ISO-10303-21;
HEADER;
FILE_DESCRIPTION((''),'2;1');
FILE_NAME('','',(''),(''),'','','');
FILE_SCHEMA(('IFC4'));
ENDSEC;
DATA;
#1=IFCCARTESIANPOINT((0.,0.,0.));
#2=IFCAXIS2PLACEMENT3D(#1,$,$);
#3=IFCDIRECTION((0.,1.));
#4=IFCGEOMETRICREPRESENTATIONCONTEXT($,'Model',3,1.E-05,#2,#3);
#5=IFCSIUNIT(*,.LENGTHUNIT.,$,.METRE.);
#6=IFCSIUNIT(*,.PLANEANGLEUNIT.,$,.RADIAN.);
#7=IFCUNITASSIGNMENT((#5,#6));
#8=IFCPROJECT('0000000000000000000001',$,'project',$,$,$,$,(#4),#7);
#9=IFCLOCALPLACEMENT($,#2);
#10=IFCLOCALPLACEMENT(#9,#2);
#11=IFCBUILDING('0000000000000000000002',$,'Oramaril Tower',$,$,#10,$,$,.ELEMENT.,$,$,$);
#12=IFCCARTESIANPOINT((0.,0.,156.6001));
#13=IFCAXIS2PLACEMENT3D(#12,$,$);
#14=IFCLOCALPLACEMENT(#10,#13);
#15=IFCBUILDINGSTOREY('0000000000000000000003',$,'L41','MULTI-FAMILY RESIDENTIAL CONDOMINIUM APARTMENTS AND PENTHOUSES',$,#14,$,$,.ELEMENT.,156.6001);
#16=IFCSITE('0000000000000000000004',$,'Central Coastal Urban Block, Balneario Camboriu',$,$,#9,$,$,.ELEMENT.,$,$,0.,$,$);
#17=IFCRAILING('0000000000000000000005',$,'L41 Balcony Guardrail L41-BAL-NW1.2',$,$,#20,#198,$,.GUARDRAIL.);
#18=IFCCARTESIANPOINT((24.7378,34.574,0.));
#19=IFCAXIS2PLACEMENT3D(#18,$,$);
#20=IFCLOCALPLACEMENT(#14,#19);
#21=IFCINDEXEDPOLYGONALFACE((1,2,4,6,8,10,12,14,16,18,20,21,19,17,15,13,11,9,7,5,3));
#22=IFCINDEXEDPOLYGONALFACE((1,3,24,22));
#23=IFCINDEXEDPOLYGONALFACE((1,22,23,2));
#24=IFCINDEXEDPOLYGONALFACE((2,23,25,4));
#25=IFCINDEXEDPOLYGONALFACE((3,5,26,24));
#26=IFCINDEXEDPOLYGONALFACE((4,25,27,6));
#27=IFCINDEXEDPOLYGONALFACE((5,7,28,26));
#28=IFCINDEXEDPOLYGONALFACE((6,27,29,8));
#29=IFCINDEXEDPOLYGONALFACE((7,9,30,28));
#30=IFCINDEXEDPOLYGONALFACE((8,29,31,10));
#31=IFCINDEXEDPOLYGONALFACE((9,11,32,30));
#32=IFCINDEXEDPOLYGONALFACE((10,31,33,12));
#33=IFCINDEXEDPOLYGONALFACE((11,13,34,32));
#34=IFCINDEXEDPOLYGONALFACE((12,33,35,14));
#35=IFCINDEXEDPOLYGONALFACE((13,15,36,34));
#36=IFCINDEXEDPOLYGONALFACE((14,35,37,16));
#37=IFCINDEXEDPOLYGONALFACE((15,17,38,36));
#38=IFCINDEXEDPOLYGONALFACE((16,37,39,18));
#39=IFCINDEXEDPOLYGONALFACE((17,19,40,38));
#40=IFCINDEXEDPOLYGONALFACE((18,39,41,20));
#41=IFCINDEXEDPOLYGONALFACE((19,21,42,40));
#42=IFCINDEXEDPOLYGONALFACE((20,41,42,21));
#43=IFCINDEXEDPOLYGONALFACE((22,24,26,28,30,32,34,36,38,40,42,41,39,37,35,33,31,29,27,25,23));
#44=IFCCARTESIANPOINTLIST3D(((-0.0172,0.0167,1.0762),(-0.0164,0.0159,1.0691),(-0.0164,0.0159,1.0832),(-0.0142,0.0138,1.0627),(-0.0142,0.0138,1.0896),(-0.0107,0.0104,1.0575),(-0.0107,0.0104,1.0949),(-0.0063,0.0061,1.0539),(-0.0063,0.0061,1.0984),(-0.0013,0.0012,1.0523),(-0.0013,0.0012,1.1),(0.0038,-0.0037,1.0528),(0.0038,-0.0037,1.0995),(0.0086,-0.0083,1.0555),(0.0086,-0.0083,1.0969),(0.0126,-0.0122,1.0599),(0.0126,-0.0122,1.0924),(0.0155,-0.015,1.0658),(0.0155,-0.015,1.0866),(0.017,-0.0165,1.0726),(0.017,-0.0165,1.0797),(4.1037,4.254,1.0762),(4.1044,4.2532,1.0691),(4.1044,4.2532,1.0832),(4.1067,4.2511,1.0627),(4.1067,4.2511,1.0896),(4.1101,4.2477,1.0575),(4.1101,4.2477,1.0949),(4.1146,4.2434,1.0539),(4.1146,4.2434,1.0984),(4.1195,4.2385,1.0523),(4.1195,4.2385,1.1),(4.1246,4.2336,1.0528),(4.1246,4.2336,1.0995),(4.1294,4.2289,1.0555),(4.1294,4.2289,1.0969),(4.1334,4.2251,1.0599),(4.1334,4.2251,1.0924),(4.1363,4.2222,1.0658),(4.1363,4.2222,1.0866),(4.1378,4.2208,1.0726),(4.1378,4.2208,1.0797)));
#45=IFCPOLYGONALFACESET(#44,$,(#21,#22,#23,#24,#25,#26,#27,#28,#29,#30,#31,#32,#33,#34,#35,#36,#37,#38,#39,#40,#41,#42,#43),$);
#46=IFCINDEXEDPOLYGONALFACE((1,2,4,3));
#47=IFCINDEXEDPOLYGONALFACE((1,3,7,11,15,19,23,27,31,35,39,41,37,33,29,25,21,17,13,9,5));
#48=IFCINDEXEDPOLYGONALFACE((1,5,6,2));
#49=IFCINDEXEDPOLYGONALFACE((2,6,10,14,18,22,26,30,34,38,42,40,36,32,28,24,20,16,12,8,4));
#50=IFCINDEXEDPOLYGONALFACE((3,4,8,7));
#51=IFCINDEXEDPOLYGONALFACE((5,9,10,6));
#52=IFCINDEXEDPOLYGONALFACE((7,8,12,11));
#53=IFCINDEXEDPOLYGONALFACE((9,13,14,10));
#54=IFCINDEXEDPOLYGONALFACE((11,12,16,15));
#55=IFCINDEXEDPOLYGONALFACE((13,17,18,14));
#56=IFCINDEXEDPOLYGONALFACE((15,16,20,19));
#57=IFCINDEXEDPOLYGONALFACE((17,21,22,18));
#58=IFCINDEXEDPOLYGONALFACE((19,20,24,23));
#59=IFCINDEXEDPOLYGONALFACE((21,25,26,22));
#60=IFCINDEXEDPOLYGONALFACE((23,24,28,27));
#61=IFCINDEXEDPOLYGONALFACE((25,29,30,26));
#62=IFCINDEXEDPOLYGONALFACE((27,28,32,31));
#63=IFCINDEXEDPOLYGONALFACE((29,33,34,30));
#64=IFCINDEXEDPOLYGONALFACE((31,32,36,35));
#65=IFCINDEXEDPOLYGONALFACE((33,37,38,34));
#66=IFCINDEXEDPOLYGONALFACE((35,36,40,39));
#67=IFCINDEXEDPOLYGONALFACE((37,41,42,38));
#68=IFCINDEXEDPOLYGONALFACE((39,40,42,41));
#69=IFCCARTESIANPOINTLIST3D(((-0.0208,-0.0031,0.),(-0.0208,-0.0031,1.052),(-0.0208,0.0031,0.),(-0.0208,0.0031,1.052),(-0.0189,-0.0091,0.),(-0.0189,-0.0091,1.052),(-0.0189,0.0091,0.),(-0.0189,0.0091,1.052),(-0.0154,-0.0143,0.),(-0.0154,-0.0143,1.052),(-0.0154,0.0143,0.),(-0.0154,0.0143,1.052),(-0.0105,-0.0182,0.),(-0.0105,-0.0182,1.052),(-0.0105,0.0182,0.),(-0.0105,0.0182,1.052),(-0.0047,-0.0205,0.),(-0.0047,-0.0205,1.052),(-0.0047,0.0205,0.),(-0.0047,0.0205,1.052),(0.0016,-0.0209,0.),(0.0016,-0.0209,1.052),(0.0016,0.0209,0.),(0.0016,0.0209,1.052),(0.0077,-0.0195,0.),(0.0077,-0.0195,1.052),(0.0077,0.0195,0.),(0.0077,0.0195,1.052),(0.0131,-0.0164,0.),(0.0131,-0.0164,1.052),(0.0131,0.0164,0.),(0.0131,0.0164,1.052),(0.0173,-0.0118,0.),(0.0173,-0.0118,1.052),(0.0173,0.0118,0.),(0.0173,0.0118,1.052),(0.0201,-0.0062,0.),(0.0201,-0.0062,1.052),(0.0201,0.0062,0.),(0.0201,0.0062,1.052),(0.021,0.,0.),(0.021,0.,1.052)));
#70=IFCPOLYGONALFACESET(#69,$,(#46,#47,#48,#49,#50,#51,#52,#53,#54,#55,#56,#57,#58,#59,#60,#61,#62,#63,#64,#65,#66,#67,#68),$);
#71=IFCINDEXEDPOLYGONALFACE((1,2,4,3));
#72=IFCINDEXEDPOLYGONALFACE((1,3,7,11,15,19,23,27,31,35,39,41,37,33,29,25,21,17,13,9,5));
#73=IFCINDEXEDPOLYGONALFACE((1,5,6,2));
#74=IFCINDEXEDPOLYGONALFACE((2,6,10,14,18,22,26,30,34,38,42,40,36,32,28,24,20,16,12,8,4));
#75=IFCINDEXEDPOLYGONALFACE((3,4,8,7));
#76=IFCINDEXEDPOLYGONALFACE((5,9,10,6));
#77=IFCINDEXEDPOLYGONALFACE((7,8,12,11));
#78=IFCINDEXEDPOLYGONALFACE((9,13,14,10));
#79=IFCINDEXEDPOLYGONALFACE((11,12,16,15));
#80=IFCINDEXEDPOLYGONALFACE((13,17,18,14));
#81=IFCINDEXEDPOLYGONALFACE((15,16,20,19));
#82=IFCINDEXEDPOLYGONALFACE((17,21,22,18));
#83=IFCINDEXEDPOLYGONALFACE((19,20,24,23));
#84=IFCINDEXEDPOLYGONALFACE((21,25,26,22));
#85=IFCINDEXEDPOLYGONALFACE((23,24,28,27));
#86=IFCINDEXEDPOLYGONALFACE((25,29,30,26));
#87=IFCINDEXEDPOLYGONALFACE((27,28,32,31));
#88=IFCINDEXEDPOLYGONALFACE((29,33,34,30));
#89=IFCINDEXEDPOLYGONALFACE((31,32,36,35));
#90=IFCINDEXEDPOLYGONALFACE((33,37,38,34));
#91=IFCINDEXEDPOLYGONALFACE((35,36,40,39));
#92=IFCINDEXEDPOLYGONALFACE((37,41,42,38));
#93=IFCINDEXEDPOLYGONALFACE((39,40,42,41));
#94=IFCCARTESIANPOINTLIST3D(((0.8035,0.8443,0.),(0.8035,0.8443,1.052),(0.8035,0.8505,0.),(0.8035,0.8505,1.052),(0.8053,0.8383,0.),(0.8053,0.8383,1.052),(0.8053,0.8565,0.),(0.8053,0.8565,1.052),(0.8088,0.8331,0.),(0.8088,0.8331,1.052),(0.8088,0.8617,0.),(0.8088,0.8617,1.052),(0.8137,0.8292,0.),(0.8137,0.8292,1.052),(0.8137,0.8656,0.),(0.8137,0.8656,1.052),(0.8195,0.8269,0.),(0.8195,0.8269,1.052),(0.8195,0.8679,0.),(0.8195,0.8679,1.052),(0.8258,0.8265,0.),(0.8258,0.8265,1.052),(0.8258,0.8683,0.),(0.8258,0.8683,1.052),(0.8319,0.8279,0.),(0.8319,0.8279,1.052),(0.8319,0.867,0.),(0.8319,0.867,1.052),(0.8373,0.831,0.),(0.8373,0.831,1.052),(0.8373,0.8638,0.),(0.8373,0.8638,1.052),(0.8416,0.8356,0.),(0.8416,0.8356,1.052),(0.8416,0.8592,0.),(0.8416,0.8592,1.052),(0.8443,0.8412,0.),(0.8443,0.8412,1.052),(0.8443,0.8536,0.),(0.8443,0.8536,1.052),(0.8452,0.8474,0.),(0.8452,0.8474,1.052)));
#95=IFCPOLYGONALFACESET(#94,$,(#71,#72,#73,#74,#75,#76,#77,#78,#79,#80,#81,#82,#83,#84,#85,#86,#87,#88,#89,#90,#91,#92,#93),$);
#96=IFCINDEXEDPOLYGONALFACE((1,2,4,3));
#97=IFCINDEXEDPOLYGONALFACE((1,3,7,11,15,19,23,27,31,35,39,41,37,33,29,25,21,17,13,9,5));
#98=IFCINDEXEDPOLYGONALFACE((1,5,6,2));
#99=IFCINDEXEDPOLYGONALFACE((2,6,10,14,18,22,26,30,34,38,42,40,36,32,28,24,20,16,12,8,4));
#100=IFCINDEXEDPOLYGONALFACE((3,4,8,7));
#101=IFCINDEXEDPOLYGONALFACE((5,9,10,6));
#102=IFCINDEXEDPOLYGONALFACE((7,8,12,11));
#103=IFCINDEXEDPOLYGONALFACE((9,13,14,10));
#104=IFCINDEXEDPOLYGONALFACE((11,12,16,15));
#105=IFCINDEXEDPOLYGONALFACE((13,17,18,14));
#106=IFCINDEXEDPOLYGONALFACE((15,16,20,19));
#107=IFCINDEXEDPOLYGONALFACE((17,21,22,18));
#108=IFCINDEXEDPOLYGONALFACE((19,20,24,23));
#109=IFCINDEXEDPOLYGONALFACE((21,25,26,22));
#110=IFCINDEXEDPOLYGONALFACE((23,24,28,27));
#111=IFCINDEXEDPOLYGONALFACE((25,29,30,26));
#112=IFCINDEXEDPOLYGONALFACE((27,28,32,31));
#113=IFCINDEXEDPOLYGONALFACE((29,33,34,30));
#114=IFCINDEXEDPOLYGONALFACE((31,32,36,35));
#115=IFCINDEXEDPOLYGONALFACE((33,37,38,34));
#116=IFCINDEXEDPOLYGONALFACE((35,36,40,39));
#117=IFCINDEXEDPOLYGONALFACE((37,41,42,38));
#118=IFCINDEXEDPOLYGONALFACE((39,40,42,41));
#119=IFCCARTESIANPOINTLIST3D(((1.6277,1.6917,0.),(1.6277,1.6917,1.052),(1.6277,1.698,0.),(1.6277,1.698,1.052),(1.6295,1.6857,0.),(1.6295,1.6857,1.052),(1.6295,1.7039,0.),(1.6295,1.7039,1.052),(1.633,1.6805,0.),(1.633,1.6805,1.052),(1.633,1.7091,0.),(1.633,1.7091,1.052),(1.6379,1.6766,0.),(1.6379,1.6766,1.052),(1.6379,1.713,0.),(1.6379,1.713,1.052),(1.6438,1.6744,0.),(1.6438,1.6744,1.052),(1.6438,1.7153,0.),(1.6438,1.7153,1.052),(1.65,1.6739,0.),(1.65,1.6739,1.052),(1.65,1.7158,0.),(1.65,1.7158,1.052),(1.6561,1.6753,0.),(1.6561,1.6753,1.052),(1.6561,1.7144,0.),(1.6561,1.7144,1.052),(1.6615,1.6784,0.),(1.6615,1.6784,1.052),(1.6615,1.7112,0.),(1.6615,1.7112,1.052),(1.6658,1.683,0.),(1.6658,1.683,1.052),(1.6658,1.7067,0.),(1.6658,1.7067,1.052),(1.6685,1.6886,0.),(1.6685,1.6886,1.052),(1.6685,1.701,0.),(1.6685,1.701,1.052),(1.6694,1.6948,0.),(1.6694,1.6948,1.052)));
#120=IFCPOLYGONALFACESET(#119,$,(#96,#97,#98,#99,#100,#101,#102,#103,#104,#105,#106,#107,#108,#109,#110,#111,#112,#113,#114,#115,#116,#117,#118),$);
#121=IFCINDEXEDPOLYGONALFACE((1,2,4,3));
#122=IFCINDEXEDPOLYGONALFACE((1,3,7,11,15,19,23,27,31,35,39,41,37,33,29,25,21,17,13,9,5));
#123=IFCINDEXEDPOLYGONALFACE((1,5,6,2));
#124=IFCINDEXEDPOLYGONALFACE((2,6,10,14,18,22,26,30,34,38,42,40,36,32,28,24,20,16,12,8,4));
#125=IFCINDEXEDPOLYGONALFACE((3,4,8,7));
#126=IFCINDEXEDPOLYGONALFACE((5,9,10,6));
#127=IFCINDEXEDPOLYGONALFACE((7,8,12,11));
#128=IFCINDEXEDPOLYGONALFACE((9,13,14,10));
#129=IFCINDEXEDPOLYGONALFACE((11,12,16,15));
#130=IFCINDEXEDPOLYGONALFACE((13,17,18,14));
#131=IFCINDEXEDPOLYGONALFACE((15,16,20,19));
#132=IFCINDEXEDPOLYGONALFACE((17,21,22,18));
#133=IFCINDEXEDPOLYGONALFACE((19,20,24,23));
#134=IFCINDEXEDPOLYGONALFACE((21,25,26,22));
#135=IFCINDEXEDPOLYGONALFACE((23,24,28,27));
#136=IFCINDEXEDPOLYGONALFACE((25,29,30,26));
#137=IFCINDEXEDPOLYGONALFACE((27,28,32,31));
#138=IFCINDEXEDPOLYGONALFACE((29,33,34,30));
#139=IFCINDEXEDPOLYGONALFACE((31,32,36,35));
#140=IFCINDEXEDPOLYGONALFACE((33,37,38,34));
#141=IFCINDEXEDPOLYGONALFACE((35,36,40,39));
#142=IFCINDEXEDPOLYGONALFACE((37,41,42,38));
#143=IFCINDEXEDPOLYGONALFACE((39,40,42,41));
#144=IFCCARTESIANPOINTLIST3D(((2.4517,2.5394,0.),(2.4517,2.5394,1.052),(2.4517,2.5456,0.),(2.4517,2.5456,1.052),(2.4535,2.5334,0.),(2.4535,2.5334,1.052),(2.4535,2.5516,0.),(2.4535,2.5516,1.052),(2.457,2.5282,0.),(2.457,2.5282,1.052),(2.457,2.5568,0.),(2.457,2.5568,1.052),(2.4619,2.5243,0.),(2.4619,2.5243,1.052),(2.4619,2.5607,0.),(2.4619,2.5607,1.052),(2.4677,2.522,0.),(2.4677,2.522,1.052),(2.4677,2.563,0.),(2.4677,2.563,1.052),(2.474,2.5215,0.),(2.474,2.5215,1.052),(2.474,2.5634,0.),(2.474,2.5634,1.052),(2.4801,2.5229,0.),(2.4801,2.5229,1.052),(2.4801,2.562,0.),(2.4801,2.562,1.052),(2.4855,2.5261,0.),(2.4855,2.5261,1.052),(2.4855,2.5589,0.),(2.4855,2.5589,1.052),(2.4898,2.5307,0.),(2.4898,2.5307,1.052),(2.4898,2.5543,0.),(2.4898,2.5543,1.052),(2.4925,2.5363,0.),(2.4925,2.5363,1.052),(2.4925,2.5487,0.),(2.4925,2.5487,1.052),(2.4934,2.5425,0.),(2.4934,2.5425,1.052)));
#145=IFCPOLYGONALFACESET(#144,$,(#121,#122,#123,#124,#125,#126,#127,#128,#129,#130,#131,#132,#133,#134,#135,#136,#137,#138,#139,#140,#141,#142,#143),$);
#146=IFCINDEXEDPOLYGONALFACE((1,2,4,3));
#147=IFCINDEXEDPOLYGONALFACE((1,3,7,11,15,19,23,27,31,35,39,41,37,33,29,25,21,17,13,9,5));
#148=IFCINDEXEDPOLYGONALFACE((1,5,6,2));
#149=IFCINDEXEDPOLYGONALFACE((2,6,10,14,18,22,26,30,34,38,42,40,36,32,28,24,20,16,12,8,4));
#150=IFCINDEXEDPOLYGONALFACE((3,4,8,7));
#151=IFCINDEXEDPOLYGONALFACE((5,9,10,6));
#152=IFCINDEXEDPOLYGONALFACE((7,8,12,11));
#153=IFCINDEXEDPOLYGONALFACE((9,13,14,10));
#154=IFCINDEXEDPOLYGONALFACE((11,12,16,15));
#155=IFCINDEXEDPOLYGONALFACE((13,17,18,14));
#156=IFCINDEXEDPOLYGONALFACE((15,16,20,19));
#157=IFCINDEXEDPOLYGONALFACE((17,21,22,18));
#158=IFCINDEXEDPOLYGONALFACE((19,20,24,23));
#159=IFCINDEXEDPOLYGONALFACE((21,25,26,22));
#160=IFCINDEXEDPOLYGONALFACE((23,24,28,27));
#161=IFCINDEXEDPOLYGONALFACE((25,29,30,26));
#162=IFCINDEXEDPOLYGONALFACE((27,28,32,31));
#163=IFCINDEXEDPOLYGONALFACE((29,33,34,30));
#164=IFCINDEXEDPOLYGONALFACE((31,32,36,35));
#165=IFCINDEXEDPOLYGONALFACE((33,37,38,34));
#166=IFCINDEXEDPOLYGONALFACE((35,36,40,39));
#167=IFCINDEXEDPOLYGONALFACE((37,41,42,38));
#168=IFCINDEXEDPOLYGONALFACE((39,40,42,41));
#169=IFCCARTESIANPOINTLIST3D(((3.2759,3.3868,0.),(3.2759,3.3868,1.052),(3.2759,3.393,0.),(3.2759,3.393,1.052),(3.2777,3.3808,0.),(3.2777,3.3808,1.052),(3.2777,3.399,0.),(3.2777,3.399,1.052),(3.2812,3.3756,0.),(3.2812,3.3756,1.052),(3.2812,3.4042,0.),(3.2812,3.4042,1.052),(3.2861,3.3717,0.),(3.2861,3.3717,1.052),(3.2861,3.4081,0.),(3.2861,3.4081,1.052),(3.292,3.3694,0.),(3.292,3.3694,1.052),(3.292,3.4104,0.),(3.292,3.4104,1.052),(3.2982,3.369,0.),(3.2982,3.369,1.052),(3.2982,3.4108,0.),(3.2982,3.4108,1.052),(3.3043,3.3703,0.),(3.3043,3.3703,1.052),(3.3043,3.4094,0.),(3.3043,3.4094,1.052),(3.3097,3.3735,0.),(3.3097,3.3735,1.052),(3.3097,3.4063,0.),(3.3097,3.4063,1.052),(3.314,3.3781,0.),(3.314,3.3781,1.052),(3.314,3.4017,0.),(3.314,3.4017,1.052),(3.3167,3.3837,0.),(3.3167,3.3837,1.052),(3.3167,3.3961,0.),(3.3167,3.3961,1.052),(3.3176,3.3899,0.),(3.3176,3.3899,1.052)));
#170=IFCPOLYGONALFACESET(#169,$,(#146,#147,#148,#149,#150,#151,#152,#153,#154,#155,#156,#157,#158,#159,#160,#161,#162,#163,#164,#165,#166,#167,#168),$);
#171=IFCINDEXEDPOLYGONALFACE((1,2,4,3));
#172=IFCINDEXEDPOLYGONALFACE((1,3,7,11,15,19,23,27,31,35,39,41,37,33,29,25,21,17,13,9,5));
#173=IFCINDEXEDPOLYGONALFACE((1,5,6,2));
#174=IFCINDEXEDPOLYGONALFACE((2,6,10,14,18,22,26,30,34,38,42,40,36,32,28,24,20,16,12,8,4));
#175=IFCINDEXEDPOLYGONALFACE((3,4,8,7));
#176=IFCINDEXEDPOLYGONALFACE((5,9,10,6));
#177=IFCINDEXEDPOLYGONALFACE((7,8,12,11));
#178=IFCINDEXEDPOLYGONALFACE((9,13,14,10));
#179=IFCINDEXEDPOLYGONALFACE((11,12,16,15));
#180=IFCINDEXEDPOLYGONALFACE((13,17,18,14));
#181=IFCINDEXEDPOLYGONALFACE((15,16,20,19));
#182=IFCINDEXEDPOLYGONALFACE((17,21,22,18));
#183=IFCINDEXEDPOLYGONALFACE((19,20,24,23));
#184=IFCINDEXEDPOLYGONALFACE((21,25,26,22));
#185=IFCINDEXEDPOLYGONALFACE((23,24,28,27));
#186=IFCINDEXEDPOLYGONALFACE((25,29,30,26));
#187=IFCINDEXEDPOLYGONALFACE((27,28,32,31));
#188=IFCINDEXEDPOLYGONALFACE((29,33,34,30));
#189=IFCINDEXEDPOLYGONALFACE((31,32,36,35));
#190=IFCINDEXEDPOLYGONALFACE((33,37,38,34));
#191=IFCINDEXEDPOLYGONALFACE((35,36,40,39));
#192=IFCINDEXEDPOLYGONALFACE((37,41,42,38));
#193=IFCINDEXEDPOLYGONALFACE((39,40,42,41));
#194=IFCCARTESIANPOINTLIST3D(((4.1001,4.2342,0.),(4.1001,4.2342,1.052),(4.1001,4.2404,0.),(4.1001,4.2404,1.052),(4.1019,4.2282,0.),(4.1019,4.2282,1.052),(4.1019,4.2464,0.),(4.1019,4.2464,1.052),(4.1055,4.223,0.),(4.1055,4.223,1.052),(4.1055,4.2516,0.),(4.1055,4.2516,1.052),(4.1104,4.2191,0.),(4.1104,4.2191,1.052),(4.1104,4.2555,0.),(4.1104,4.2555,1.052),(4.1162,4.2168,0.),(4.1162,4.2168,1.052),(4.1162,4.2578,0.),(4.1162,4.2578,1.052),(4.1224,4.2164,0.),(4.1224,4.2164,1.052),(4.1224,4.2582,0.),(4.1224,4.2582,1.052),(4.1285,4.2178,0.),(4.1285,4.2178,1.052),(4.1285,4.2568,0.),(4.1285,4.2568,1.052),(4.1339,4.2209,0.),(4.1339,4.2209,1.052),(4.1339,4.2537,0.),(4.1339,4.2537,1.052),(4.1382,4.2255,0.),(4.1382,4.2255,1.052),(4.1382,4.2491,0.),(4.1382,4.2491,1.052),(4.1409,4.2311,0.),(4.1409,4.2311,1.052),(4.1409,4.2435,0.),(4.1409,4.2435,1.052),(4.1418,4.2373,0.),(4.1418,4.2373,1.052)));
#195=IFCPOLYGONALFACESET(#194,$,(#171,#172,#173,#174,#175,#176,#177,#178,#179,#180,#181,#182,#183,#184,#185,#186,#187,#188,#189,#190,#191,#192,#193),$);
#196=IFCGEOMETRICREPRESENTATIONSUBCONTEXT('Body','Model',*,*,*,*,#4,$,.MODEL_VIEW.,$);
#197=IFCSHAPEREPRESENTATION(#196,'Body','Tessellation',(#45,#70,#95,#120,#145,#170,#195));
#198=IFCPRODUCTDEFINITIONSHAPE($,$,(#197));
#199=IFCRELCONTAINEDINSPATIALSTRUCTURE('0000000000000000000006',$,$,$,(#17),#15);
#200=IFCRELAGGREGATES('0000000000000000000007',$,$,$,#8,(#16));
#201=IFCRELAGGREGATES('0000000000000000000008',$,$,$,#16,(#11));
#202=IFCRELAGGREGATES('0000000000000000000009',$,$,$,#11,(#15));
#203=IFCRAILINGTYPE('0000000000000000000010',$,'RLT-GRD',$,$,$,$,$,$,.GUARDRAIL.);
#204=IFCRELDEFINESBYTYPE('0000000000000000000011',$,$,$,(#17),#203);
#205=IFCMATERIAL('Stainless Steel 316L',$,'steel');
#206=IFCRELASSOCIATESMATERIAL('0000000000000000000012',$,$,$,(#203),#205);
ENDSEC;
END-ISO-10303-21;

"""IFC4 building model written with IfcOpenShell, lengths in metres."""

from ifc_helpers import new_model, si_unit, direction, frame, origin, origin_2d, place, context, subcontext, project, spatial, circle, extrude, material, type_object, element, save


model = new_model("IFC4")

# Units and contexts
model_context = context("Model", 3, precision=1e-05, world=origin(), true_north=direction((0.0, 1.0)))
body_context = subcontext(model_context, "Body", "Model", "MODEL_VIEW")
ifc_project = project(units=[si_unit("LENGTHUNIT", "METRE"), si_unit("PLANEANGLEUNIT", "RADIAN")], contexts=[model_context])

# Site, building, storey
site_placement = place(None, origin())
site = spatial("IfcSite", under=ifc_project, at=site_placement, Name="Central Coastal Urban Block, Balneario Camboriu", CompositionType="ELEMENT", RefElevation=0.0)
building_placement = place(site_placement, origin())
building = spatial("IfcBuilding", under=site, at=building_placement, Name="Oramaril Tower", CompositionType="ELEMENT")
storey_placement = place(building_placement, frame((0.0, 0.0, 156.6001)))
storey = spatial("IfcBuildingStorey", under=building, at=storey_placement, Name="L41", Description="MULTI-FAMILY RESIDENTIAL CONDOMINIUM APARTMENTS AND PENTHOUSES", CompositionType="ELEMENT", Elevation=156.6001)

# Railing
ifc_material_1 = material(Name="Stainless Steel 316L", Category="steel")
railing_type = type_object("IfcRailingType", Name="RLT-GRD", PredefinedType="GUARDRAIL", material=ifc_material_1)
railing_1_placement = place(storey_placement, frame((24.7378, 34.574, 0.0)))
element("IfcRailing", 1, at=railing_1_placement, inside=storey, type_object=railing_type, Name="L41 Balcony Guardrail L41-BAL-NW1.2", PredefinedType="GUARDRAIL", context=body_context, shape_type="SweptSolid", body=[
    extrude(circle(Radius=0.0239, at=origin_2d()), frame((0.0, 0.0, 1.0762), z_axis=(0.697187, 0.716889, 0.0), x_axis=(-0.716889, 0.697187, 0.0)), (0.0, 0.0, 1.0), 5.9106),
    extrude(circle(Radius=0.021, at=origin_2d()), origin(), (0.0, 0.0, 1.0), 1.052),
    extrude(circle(Radius=0.021, at=origin_2d()), frame((0.8242, 0.8474, 0.0)), (0.0, 0.0, 1.0), 1.052),
    extrude(circle(Radius=0.021, at=origin_2d()), frame((1.6484, 1.6948, 0.0)), (0.0, 0.0, 1.0), 1.052),
    extrude(circle(Radius=0.021, at=origin_2d()), frame((2.4724, 2.5425, 0.0)), (0.0, 0.0, 1.0), 1.052),
    extrude(circle(Radius=0.021, at=origin_2d()), frame((3.2966, 3.3899, 0.0)), (0.0, 0.0, 1.0), 1.052),
    extrude(circle(Radius=0.021, at=origin_2d()), frame((4.1208, 4.2373, 0.0)), (0.0, 0.0, 1.0), 1.052),
])

save(model, "model.ifc")
